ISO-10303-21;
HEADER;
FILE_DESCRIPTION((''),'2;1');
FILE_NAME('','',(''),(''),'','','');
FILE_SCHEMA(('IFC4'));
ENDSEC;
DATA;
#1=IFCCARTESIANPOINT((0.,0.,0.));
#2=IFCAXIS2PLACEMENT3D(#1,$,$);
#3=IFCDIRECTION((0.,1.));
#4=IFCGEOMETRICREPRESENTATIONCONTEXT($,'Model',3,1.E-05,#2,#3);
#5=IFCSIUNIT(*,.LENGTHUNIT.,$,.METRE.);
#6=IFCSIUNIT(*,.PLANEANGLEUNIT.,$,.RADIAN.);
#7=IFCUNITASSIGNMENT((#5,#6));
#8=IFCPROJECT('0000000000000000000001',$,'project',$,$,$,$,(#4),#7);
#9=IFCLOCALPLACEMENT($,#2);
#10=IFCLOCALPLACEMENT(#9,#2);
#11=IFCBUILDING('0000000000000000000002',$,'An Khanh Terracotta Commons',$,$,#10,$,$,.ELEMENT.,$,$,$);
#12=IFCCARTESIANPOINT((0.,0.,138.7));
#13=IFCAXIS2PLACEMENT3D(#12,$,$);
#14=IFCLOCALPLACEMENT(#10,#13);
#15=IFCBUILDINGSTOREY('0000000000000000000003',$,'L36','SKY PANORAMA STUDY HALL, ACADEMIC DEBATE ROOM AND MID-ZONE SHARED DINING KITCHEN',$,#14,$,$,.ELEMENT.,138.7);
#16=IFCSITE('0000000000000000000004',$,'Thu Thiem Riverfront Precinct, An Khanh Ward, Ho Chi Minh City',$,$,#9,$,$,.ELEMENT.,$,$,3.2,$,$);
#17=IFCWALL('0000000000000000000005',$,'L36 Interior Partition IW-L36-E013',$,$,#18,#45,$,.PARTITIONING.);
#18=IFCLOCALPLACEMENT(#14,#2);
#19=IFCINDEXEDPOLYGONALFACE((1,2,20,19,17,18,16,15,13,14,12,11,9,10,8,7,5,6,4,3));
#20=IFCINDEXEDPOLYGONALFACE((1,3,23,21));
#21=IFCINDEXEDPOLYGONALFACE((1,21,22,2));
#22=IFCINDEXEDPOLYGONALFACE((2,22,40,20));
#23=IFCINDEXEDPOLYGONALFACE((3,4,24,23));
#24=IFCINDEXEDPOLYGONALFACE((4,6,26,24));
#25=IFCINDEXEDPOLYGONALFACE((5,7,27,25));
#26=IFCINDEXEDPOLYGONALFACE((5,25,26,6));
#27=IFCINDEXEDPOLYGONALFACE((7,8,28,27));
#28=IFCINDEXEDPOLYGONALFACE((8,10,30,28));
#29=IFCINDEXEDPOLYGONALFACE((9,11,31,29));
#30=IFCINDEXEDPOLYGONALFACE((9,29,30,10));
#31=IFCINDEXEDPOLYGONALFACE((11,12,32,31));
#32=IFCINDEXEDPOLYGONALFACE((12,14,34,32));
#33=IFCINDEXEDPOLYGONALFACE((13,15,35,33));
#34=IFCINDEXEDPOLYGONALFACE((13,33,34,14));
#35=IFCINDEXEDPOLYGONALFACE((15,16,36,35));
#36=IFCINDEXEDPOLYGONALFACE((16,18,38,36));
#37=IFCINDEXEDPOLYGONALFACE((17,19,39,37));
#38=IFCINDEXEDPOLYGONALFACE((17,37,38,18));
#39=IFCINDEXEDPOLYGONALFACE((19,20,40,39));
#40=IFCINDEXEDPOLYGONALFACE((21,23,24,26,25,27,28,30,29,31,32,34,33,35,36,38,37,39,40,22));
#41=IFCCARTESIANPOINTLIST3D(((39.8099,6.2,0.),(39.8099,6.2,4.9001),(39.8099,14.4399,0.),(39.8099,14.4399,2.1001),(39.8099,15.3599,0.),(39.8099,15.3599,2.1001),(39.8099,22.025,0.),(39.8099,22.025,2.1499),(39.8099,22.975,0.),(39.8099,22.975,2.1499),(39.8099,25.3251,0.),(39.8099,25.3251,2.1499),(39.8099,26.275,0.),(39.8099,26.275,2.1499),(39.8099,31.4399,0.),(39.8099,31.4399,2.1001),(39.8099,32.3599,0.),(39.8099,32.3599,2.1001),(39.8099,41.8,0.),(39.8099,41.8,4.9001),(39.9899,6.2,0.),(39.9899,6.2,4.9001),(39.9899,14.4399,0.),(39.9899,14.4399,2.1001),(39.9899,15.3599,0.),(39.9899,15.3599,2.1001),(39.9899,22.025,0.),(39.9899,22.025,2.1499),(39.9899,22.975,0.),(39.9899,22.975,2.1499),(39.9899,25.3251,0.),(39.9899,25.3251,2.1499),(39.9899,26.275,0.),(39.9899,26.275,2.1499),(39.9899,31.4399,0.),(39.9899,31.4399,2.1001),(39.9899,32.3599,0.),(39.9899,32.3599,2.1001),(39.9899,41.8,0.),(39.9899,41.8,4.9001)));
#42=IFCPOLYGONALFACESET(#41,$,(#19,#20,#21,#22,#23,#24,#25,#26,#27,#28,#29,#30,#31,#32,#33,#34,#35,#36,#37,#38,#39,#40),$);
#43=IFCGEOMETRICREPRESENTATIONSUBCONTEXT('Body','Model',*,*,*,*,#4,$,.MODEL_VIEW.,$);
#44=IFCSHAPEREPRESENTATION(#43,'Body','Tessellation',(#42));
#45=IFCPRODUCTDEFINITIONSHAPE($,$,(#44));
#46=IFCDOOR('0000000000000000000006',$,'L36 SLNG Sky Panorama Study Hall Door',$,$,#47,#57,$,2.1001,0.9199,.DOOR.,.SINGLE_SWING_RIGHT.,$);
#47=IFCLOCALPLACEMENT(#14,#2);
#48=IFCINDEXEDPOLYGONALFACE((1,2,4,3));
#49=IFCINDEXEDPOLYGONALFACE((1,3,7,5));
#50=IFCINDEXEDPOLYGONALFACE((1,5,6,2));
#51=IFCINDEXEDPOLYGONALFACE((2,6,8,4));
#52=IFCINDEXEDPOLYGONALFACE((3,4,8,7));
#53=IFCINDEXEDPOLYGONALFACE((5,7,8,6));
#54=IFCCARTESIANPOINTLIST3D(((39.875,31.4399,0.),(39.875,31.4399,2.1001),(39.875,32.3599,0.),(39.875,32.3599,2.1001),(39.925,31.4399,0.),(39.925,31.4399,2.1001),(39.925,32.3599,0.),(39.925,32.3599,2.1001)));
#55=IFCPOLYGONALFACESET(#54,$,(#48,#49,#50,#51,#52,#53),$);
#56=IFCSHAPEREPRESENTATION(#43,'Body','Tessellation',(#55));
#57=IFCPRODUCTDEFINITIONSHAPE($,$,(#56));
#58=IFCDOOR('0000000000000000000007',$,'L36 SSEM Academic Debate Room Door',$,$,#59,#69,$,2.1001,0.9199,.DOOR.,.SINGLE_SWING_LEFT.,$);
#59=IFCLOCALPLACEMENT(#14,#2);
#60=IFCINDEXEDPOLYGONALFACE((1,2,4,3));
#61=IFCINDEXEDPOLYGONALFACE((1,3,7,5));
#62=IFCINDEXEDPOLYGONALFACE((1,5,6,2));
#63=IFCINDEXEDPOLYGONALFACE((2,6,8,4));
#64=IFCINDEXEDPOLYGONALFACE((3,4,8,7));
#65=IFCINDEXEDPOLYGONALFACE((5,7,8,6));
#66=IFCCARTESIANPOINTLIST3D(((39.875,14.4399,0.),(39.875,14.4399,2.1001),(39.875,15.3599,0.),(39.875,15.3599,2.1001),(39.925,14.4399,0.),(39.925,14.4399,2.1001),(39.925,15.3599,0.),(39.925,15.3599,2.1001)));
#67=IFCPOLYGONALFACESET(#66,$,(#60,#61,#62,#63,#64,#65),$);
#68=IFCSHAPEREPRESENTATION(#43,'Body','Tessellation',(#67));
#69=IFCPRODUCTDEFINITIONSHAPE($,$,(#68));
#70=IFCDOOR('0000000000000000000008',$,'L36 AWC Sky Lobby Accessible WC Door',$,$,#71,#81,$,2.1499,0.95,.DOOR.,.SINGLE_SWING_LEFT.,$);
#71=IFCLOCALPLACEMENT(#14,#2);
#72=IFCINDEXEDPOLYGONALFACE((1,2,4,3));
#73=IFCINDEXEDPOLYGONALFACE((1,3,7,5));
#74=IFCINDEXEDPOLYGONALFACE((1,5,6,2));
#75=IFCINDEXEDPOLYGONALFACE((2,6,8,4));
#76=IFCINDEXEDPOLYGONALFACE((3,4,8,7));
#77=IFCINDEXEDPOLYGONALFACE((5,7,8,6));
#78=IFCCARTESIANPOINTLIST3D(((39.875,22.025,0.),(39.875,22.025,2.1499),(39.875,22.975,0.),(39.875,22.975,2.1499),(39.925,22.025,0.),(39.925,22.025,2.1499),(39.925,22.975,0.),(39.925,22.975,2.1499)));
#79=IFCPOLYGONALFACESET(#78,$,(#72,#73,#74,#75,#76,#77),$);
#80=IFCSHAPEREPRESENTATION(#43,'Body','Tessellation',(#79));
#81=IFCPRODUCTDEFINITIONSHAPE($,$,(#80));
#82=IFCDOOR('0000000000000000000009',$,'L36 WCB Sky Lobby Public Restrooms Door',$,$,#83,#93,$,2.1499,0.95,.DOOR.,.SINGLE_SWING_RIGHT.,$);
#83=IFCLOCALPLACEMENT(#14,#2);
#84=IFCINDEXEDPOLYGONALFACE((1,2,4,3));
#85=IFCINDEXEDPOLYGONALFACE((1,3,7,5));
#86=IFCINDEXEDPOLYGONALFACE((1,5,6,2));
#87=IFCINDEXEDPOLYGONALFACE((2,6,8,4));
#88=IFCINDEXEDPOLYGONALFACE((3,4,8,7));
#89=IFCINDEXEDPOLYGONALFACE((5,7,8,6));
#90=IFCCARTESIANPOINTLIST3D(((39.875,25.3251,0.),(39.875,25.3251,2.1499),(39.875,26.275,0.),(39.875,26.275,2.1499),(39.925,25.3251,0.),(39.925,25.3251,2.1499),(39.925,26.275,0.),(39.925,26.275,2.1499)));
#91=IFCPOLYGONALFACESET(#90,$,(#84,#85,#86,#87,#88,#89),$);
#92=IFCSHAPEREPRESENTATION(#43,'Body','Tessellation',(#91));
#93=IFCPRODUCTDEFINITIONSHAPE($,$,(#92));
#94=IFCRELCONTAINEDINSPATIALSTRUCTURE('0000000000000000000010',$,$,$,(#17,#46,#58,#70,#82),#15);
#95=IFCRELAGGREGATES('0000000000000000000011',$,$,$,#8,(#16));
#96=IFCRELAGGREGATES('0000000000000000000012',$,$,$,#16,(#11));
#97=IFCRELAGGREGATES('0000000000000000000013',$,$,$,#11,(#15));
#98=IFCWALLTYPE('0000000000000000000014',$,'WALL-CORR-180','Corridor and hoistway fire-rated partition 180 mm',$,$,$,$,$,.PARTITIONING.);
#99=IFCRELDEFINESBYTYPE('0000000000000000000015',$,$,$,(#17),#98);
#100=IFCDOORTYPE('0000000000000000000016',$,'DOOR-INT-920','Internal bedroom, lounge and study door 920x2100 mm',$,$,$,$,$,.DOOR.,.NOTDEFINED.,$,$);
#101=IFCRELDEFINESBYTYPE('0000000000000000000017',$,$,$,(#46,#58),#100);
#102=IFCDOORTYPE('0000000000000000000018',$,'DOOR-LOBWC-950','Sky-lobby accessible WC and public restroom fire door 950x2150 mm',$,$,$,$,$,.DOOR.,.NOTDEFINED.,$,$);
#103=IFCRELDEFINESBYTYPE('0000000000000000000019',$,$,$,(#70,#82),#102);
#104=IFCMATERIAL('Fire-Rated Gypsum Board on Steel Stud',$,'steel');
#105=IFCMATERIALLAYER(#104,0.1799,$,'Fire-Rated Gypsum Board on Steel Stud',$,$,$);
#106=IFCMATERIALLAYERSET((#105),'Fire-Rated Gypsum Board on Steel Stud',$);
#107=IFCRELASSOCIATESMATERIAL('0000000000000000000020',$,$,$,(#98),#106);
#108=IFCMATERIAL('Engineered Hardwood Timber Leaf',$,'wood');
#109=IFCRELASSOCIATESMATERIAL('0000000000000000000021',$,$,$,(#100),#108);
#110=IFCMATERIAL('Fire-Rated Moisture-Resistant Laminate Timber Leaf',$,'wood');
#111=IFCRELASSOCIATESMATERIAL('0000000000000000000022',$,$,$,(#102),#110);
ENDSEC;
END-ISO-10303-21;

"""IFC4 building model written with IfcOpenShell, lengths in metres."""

from ifc_helpers import new_model, si_unit, direction, frame, frame_2d, origin, place, context, subcontext, project, spatial, rectangle, extrude, material, layer, layer_set, type_object, element, fill, save


model = new_model("IFC4")

# Units and contexts
model_context = context("Model", 3, precision=1e-05, world=origin(), true_north=direction((0.0, 1.0)))
body_context = subcontext(model_context, "Body", "Model", "MODEL_VIEW")
ifc_project = project(units=[si_unit("LENGTHUNIT", "METRE"), si_unit("PLANEANGLEUNIT", "RADIAN")], contexts=[model_context])

# Site, building, storey
site_placement = place(None, origin())
site = spatial("IfcSite", under=ifc_project, at=site_placement, Name="Thu Thiem Riverfront Precinct, An Khanh Ward, Ho Chi Minh City", CompositionType="ELEMENT", RefElevation=3.2)
building_placement = place(site_placement, origin())
building = spatial("IfcBuilding", under=site, at=building_placement, Name="An Khanh Terracotta Commons", CompositionType="ELEMENT")
storey_placement = place(building_placement, frame((0.0, 0.0, 138.7)))
storey = spatial("IfcBuildingStorey", under=building, at=storey_placement, Name="L36", Description="SKY PANORAMA STUDY HALL, ACADEMIC DEBATE ROOM AND MID-ZONE SHARED DINING KITCHEN", CompositionType="ELEMENT", Elevation=138.7)

# Shared definitions
ifc_material_1 = material(Name="Fire-Rated Gypsum Board on Steel Stud", Category="steel")
ifc_layer_1 = layer(ifc_material_1, 0.1799, Name="Fire-Rated Gypsum Board on Steel Stud")
ifc_layer_set_1 = layer_set([ifc_layer_1], Name="Fire-Rated Gypsum Board on Steel Stud")
wall_type_1 = type_object("IfcWallType", Name="WALL-CORR-180", Description="Corridor and hoistway fire-rated partition 180 mm", PredefinedType="PARTITIONING", material=ifc_layer_set_1)

# Wall, openings, doors
wall_1_placement = place(storey_placement, frame((39.8999, 6.2, 0.0), z_axis=(0.0, 0.0, 1.0), x_axis=(0.0, 1.0, 0.0)))
wall_1 = element("IfcWall", 1, at=wall_1_placement, inside=storey, type_object=wall_type_1, Name="L36 Interior Partition IW-L36-E013", PredefinedType="PARTITIONING", context=body_context, shape_type="SweptSolid", body=[
    extrude(rectangle(XDim=35.6001, YDim=0.1799, at=frame_2d((17.8, 0.0))), origin(), (0.0, 0.0, 1.0), 4.9001),
])
opening_1_placement = place(wall_1_placement, frame((15.825, 0.0, 0.0)))
opening_1 = element("IfcOpeningElement", 2, at=opening_1_placement, cuts=wall_1, PredefinedType="OPENING", context=body_context, shape_type="SweptSolid", body=[
    extrude(rectangle(XDim=0.95, YDim=2.1499, at=frame_2d((0.4751, 1.075))), frame((0.0, 0.0999, 0.0), z_axis=(0.0, -1.0, 0.0), x_axis=(1.0, 0.0, 0.0)), (0.0, 0.0, 1.0), 0.2),
])
opening_2_placement = place(wall_1_placement, frame((19.125, 0.0, 0.0)))
opening_2 = element("IfcOpeningElement", 3, at=opening_2_placement, cuts=wall_1, PredefinedType="OPENING", context=body_context, shape_type="SweptSolid", body=[
    extrude(rectangle(XDim=0.95, YDim=2.1499, at=frame_2d((0.4751, 1.075))), frame((0.0, 0.0999, 0.0), z_axis=(0.0, -1.0, 0.0), x_axis=(1.0, 0.0, 0.0)), (0.0, 0.0, 1.0), 0.2),
])
opening_3_placement = place(wall_1_placement, frame((25.24, 0.0, 0.0)))
opening_3 = element("IfcOpeningElement", 4, at=opening_3_placement, cuts=wall_1, PredefinedType="OPENING", context=body_context, shape_type="SweptSolid", body=[
    extrude(rectangle(XDim=0.9199, YDim=2.1001, at=frame_2d((0.46, 1.05))), frame((0.0, 0.0999, 0.0), z_axis=(0.0, -1.0, 0.0), x_axis=(1.0, 0.0, 0.0)), (0.0, 0.0, 1.0), 0.2),
])
opening_4_placement = place(wall_1_placement, frame((8.24, 0.0, 0.0)))
opening_4 = element("IfcOpeningElement", 5, at=opening_4_placement, cuts=wall_1, PredefinedType="OPENING", context=body_context, shape_type="SweptSolid", body=[
    extrude(rectangle(XDim=0.9199, YDim=2.1001, at=frame_2d((0.46, 1.05))), frame((0.0, 0.0999, 0.0), z_axis=(0.0, -1.0, 0.0), x_axis=(1.0, 0.0, 0.0)), (0.0, 0.0, 1.0), 0.2),
])
ifc_material_2 = material(Name="Engineered Hardwood Timber Leaf", Category="wood")
door_type_1 = type_object("IfcDoorType", Name="DOOR-INT-920", Description="Internal bedroom, lounge and study door 920x2100 mm", OperationType="NOTDEFINED", PredefinedType="DOOR", material=ifc_material_2)
door_1_placement = place(opening_3_placement, origin())
door_1 = element("IfcDoor", 6, at=door_1_placement, inside=storey, type_object=door_type_1, Name="L36 SLNG Sky Panorama Study Hall Door", OperationType="SINGLE_SWING_RIGHT", OverallHeight=2.1001, OverallWidth=0.9199, PredefinedType="DOOR", context=body_context, shape_type="SweptSolid", body=[
    extrude(rectangle(XDim=0.9199, YDim=2.1001, at=frame_2d((0.46, 1.05))), frame((0.0, 0.0249, 0.0), z_axis=(0.0, -1.0, 0.0), x_axis=(1.0, 0.0, 0.0)), (0.0, 0.0, 1.0), 0.05),
])
fill(opening_3, door_1)
door_2_placement = place(opening_4_placement, origin())
door_2 = element("IfcDoor", 7, at=door_2_placement, inside=storey, type_object=door_type_1, Name="L36 SSEM Academic Debate Room Door", OperationType="SINGLE_SWING_LEFT", OverallHeight=2.1001, OverallWidth=0.9199, PredefinedType="DOOR", context=body_context, shape_type="SweptSolid", body=[
    extrude(rectangle(XDim=0.9199, YDim=2.1001, at=frame_2d((0.46, 1.05))), frame((0.0, 0.0249, 0.0), z_axis=(0.0, -1.0, 0.0), x_axis=(1.0, 0.0, 0.0)), (0.0, 0.0, 1.0), 0.05),
])
fill(opening_4, door_2)
ifc_material_3 = material(Name="Fire-Rated Moisture-Resistant Laminate Timber Leaf", Category="wood")
door_type_2 = type_object("IfcDoorType", Name="DOOR-LOBWC-950", Description="Sky-lobby accessible WC and public restroom fire door 950x2150 mm", OperationType="NOTDEFINED", PredefinedType="DOOR", material=ifc_material_3)
door_3_placement = place(opening_1_placement, origin())
door_3 = element("IfcDoor", 8, at=door_3_placement, inside=storey, type_object=door_type_2, Name="L36 AWC Sky Lobby Accessible WC Door", OperationType="SINGLE_SWING_LEFT", OverallHeight=2.1499, OverallWidth=0.95, PredefinedType="DOOR", context=body_context, shape_type="SweptSolid", body=[
    extrude(rectangle(XDim=0.95, YDim=2.1499, at=frame_2d((0.4751, 1.075))), frame((0.0, 0.0249, 0.0), z_axis=(0.0, -1.0, 0.0), x_axis=(1.0, 0.0, 0.0)), (0.0, 0.0, 1.0), 0.05),
])
fill(opening_1, door_3)
door_4_placement = place(opening_2_placement, origin())
door_4 = element("IfcDoor", 9, at=door_4_placement, inside=storey, type_object=door_type_2, Name="L36 WCB Sky Lobby Public Restrooms Door", OperationType="SINGLE_SWING_RIGHT", OverallHeight=2.1499, OverallWidth=0.95, PredefinedType="DOOR", context=body_context, shape_type="SweptSolid", body=[
    extrude(rectangle(XDim=0.95, YDim=2.1499, at=frame_2d((0.4751, 1.075))), frame((0.0, 0.0249, 0.0), z_axis=(0.0, -1.0, 0.0), x_axis=(1.0, 0.0, 0.0)), (0.0, 0.0, 1.0), 0.05),
])
fill(opening_2, door_4)

save(model, "model.ifc")
